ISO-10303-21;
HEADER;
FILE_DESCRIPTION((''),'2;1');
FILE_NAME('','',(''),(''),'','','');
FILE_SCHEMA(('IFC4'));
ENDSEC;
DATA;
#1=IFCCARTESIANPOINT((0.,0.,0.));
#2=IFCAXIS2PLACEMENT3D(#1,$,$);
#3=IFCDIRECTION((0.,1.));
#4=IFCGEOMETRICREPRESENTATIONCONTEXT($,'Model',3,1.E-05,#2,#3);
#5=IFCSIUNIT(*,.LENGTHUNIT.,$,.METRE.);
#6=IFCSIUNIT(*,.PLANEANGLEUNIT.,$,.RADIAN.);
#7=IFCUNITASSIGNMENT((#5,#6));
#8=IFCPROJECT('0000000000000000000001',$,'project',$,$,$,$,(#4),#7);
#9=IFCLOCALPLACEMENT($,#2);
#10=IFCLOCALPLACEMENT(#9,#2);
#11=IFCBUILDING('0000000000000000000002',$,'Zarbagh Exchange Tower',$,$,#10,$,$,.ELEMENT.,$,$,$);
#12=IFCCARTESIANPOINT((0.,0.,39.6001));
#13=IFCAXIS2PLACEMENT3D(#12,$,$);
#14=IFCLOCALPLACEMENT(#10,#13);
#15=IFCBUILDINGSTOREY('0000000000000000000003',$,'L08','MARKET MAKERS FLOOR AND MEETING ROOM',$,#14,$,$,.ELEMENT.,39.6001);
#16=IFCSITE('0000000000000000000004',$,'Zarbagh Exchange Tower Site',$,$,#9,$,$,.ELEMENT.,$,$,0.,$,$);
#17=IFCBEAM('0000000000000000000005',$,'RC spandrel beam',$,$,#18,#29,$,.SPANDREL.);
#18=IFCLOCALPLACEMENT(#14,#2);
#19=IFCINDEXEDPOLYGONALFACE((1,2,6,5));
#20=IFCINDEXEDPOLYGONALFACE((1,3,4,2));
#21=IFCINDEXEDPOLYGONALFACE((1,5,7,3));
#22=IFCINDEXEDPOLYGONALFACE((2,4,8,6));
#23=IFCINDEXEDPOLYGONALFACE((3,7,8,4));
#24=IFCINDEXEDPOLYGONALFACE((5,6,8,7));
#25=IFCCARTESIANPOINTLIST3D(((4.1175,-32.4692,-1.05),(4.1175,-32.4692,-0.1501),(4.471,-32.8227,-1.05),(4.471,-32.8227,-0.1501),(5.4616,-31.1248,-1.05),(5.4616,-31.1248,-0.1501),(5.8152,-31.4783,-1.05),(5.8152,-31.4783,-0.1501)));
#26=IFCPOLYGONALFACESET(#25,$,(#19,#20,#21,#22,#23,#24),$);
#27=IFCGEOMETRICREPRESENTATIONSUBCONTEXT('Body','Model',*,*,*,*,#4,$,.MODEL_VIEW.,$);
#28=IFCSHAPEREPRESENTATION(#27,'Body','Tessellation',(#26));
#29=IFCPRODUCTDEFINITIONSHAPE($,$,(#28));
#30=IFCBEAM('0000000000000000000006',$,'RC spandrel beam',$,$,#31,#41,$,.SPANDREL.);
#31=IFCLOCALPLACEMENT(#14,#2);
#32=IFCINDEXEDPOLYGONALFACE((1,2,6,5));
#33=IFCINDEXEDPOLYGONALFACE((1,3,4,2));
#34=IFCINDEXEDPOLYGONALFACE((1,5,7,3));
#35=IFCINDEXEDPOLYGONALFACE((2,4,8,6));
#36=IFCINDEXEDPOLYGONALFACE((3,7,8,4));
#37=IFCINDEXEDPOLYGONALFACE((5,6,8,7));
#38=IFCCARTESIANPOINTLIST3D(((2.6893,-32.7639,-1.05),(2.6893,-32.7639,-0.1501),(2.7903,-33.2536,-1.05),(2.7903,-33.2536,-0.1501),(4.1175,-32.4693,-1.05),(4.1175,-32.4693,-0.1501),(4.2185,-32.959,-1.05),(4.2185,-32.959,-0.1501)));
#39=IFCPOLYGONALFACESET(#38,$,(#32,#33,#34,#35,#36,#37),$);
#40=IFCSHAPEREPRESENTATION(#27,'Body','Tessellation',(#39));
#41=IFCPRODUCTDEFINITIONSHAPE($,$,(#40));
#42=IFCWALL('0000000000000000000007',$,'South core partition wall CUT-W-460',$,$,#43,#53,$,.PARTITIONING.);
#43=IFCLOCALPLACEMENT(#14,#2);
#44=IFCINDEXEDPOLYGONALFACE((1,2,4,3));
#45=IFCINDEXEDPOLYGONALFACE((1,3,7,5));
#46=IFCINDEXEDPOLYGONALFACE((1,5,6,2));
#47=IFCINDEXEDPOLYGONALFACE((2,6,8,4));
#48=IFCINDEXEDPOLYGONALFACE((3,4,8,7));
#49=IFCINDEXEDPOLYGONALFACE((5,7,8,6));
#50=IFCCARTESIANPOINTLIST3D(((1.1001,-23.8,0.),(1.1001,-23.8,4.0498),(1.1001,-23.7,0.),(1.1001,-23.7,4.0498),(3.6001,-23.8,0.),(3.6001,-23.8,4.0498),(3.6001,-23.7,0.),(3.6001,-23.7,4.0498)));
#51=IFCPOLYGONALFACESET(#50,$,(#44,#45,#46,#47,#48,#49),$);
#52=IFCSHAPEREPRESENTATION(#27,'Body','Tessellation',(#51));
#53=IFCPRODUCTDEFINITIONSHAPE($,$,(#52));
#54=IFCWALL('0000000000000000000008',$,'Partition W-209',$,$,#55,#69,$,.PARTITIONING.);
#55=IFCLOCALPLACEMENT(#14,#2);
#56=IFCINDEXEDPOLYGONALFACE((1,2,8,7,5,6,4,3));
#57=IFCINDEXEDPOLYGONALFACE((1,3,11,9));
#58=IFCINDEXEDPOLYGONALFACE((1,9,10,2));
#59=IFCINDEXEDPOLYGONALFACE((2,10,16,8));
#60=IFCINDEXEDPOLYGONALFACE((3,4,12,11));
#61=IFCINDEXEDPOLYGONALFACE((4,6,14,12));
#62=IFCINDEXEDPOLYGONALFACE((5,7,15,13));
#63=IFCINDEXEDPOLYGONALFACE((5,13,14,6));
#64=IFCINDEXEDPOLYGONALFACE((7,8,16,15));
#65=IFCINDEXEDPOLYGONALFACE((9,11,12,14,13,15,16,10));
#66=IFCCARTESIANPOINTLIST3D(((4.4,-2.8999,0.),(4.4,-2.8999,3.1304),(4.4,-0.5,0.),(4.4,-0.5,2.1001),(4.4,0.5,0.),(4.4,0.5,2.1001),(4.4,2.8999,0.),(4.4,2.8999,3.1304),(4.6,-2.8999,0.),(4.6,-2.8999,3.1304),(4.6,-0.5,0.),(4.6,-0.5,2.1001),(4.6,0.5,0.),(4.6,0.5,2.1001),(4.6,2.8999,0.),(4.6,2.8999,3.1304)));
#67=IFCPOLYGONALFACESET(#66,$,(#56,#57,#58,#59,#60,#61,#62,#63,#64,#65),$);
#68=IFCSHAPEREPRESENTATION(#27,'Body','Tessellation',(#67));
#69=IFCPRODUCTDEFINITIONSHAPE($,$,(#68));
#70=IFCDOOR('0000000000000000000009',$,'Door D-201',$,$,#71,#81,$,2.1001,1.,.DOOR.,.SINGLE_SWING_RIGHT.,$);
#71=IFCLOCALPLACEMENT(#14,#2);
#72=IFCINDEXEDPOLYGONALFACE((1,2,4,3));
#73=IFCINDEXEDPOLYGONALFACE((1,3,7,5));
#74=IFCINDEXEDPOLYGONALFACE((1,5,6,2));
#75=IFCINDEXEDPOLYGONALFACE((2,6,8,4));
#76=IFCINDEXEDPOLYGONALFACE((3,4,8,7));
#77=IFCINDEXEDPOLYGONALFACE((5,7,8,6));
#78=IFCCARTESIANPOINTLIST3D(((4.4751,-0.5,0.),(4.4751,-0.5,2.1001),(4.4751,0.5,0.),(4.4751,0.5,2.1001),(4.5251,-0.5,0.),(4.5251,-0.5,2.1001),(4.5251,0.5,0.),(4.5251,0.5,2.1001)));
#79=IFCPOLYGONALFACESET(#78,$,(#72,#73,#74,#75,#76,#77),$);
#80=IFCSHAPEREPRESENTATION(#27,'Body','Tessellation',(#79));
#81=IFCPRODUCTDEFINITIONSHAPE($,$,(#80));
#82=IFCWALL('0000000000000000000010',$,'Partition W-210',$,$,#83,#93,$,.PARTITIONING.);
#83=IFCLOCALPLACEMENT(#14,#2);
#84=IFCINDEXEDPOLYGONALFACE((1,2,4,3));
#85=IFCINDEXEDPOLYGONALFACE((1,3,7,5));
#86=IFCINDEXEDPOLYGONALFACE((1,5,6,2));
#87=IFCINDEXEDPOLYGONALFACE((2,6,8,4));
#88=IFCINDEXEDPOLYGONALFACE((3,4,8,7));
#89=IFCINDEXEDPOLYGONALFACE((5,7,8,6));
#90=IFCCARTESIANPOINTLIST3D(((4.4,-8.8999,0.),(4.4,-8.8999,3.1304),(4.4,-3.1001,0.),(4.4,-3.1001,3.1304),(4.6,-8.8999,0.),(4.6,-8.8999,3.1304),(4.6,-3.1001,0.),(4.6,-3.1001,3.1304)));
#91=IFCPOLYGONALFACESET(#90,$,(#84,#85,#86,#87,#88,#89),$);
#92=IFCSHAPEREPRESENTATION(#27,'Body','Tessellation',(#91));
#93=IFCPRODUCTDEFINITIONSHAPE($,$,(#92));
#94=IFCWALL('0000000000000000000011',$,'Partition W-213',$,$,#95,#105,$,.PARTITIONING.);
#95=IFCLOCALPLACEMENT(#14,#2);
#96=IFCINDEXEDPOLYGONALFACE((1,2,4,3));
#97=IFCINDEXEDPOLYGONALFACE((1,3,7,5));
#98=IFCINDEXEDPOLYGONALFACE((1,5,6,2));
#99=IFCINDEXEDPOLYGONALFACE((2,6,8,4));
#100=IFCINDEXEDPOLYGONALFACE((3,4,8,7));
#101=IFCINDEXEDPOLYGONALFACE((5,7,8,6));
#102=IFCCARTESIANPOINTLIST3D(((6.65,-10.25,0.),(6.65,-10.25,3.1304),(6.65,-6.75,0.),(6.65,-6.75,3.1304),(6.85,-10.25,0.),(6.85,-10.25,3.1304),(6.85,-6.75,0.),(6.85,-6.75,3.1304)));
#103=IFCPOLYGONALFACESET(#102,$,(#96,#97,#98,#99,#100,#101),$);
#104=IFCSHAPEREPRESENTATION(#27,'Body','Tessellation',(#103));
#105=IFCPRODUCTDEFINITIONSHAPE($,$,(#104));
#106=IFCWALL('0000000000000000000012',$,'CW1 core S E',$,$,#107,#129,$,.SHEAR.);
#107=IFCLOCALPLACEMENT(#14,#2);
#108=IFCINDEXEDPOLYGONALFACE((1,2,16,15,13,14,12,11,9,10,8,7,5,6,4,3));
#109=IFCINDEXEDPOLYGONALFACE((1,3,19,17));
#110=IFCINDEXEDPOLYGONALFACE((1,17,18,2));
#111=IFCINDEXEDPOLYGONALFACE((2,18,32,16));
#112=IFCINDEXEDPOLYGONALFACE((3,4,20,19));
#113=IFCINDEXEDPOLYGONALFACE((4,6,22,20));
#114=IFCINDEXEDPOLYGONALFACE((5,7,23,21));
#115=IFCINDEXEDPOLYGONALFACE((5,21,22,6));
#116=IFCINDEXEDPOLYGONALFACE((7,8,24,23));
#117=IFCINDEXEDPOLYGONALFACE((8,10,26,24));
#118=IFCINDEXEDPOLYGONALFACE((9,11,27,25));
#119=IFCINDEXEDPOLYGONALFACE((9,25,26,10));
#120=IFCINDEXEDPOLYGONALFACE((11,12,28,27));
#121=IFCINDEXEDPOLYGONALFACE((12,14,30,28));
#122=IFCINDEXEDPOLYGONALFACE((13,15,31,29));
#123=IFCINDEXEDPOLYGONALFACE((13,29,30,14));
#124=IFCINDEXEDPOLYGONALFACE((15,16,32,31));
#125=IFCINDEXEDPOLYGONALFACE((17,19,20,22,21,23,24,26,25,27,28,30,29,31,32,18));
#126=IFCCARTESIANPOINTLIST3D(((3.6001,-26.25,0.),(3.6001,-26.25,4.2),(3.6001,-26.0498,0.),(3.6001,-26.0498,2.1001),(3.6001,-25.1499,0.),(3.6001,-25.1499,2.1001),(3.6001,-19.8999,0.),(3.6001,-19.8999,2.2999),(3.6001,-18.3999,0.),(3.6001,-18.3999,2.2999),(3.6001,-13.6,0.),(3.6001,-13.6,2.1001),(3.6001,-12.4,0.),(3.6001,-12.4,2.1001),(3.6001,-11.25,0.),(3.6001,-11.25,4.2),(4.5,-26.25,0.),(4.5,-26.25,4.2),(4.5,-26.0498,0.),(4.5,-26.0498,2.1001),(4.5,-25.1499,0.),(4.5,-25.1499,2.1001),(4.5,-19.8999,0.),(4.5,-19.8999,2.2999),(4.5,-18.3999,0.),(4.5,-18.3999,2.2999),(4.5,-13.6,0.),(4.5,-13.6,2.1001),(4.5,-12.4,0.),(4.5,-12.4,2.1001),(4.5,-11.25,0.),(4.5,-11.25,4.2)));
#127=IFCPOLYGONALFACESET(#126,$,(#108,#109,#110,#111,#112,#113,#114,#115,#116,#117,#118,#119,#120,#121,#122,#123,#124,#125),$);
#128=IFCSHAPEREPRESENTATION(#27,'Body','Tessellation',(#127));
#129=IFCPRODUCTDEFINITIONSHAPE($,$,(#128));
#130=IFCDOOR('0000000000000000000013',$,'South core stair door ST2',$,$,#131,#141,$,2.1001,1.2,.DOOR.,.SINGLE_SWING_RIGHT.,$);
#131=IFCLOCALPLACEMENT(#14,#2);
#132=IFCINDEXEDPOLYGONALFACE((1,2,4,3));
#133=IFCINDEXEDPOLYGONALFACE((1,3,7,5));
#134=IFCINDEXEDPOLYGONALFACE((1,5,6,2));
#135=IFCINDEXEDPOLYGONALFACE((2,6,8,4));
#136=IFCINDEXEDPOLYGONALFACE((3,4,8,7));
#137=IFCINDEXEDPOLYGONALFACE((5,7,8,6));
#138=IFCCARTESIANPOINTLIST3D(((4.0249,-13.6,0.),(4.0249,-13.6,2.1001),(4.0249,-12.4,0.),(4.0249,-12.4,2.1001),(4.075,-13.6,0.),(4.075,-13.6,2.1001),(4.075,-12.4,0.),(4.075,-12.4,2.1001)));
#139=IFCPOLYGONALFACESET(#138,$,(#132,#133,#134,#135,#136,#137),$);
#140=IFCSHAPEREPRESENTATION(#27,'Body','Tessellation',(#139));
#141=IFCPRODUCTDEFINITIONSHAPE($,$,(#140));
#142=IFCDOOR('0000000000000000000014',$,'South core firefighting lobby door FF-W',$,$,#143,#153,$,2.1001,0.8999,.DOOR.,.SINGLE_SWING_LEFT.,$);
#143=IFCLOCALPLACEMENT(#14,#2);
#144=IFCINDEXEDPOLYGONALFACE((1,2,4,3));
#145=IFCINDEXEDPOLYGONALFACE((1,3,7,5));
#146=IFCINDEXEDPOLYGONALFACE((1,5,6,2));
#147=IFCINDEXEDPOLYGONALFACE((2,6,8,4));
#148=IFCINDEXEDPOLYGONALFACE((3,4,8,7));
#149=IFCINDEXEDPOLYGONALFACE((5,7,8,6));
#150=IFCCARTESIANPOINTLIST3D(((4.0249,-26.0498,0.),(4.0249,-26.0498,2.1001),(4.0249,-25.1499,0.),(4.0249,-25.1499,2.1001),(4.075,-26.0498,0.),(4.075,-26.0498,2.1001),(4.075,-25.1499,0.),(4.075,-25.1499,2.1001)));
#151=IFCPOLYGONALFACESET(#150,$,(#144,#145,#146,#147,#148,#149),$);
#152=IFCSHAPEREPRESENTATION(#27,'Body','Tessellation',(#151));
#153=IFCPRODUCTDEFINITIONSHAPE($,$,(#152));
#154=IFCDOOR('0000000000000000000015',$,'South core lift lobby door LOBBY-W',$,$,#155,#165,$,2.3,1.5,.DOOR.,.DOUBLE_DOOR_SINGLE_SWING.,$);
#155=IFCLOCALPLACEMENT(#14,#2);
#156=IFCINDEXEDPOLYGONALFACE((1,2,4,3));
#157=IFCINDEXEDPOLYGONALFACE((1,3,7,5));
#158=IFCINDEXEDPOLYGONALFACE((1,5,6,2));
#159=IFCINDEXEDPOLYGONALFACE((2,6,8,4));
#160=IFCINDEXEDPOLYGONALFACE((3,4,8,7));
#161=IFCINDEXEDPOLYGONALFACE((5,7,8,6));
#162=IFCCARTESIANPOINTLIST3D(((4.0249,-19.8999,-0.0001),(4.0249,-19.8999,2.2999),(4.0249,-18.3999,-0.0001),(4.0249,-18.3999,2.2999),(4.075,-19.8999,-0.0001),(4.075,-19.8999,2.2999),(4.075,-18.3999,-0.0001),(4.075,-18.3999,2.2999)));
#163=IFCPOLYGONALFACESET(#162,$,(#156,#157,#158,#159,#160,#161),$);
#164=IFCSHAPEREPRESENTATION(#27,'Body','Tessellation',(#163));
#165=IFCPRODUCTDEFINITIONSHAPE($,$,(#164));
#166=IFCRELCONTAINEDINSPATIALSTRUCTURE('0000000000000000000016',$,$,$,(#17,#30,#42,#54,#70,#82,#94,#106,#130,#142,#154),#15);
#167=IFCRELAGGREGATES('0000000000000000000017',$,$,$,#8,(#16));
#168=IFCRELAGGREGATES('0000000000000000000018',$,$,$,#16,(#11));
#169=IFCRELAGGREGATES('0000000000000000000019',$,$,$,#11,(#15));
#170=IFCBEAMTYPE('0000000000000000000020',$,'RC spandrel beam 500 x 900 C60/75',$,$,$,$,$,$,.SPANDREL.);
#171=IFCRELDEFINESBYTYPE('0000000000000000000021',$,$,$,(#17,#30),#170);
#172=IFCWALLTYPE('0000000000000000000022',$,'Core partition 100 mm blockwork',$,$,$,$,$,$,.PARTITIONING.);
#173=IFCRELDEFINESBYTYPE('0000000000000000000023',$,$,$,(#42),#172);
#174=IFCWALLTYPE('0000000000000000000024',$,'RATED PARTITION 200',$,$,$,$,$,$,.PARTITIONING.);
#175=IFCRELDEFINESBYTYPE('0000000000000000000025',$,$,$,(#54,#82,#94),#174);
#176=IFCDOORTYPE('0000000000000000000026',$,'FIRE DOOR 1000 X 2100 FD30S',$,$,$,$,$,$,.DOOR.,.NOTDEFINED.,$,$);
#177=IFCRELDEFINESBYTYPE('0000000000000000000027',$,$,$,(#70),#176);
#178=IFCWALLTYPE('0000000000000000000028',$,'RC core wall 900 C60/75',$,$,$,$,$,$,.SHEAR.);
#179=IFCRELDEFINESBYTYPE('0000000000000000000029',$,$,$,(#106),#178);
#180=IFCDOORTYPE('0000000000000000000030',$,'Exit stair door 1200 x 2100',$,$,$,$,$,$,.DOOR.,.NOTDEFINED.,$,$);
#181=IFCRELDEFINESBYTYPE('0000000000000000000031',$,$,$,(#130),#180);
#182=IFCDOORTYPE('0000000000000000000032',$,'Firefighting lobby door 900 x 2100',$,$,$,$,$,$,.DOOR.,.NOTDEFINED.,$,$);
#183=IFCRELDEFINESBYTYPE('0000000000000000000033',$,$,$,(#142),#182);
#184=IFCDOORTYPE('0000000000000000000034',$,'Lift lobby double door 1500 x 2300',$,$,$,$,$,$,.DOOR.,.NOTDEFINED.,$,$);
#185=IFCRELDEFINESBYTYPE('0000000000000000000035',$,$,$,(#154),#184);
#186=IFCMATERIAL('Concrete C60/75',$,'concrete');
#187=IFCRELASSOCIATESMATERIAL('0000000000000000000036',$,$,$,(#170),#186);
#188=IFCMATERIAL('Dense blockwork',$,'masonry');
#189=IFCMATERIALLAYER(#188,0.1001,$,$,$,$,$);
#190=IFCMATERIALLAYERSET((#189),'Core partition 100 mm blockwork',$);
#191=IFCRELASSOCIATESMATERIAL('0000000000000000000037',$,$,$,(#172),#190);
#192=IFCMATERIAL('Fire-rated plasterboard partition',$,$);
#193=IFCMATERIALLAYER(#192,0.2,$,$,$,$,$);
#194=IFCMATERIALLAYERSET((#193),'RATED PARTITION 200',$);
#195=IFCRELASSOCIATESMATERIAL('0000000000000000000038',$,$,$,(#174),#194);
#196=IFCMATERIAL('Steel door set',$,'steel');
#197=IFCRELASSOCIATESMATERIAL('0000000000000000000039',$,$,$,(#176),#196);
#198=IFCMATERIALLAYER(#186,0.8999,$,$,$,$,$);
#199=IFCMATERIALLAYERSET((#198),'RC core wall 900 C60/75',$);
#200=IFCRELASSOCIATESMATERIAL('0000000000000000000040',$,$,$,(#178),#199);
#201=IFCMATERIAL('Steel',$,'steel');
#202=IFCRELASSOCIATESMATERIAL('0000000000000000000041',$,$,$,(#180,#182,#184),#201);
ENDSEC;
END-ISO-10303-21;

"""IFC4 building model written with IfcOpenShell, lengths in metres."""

from ifc_helpers import new_model, si_unit, direction, frame, frame_2d, origin, origin_2d, place, context, subcontext, project, spatial, rectangle, extrude, material, layer, layer_set, material_profile, profile_set, type_object, element, fill, save


model = new_model("IFC4")

# Units and contexts
model_context = context("Model", 3, precision=1e-05, world=origin(), true_north=direction((0.0, 1.0)))
body_context = subcontext(model_context, "Body", "Model", "MODEL_VIEW")
ifc_project = project(units=[si_unit("LENGTHUNIT", "METRE"), si_unit("PLANEANGLEUNIT", "RADIAN")], contexts=[model_context])

# Site, building, storey
site_placement = place(None, origin())
site = spatial("IfcSite", under=ifc_project, at=site_placement, Name="Zarbagh Exchange Tower Site", CompositionType="ELEMENT", RefElevation=0.0)
building_placement = place(site_placement, origin())
building = spatial("IfcBuilding", under=site, at=building_placement, Name="Zarbagh Exchange Tower", CompositionType="ELEMENT")
storey_placement = place(building_placement, frame((0.0, 0.0, 39.6001)))
storey = spatial("IfcBuildingStorey", under=building, at=storey_placement, Name="L08", Description="MARKET MAKERS FLOOR AND MEETING ROOM", CompositionType="ELEMENT", Elevation=39.6001)

# Shared definitions
ifc_material_1 = material(Name="Concrete C60/75", Category="concrete")

# Beams
ifc_material_profile_1 = material_profile(ifc_material_1, rectangle(XDim=0.5, YDim=0.8999, at=origin_2d()), Name="RC spandrel beam 500 x 900 C60/75")
ifc_profile_set_1 = profile_set([ifc_material_profile_1], Name="Concrete C60/75")
beam_type_1 = type_object("IfcBeamType", Name="RC spandrel beam 500 x 900 C60/75", PredefinedType="SPANDREL", material=ifc_profile_set_1)
beam_1_placement = place(storey_placement, frame((5.6384, -31.3015, -0.6001), z_axis=(-0.707043, -0.707171, 0.0), x_axis=(0.707171, -0.707043, 0.0)))
element("IfcBeam", 1, at=beam_1_placement, inside=storey, type_object=beam_type_1, Name="RC spandrel beam", PredefinedType="SPANDREL", context=body_context, shape_type="SweptSolid", body=[
    extrude(rectangle(XDim=0.5, YDim=0.8999, at=origin_2d()), origin(), (0.0, 0.0, 1.0), 1.9011),
])
beam_2_placement = place(storey_placement, frame((4.168, -32.7141, -0.6001), z_axis=(-0.979371, -0.202069, 0.0), x_axis=(0.202069, -0.979371, 0.0)))
element("IfcBeam", 2, at=beam_2_placement, inside=storey, type_object=beam_type_1, Name="RC spandrel beam", PredefinedType="SPANDREL", context=body_context, shape_type="SweptSolid", body=[
    extrude(rectangle(XDim=0.5, YDim=0.8999, at=origin_2d()), origin(), (0.0, 0.0, 1.0), 1.4583),
])

# Wall
ifc_material_2 = material(Name="Dense blockwork", Category="masonry")
ifc_layer_1 = layer(ifc_material_2, 0.1001)
ifc_layer_set_1 = layer_set([ifc_layer_1], Name="Core partition 100 mm blockwork")
wall_type_1 = type_object("IfcWallType", Name="Core partition 100 mm blockwork", PredefinedType="PARTITIONING", material=ifc_layer_set_1)
wall_1_placement = place(storey_placement, frame((3.6001, -23.75, 0.0), z_axis=(0.0, 0.0, 1.0), x_axis=(-1.0, 0.0, 0.0)))
element("IfcWall", 3, at=wall_1_placement, inside=storey, type_object=wall_type_1, Name="South core partition wall CUT-W-460", PredefinedType="PARTITIONING", context=body_context, shape_type="SweptSolid", body=[
    extrude(rectangle(XDim=2.5, YDim=0.1001, at=frame_2d((1.25, 0.0))), origin(), (0.0, 0.0, 1.0), 4.0498),
])

# Wall, opening, door
ifc_material_3 = material(Name="Fire-rated plasterboard partition")
ifc_layer_2 = layer(ifc_material_3, 0.2)
ifc_layer_set_2 = layer_set([ifc_layer_2], Name="RATED PARTITION 200")
wall_type_2 = type_object("IfcWallType", Name="RATED PARTITION 200", PredefinedType="PARTITIONING", material=ifc_layer_set_2)
wall_2_placement = place(storey_placement, frame((4.5, -2.8999, 0.0), z_axis=(0.0, 0.0, 1.0), x_axis=(0.0, 1.0, 0.0)))
wall_2 = element("IfcWall", 4, at=wall_2_placement, inside=storey, type_object=wall_type_2, Name="Partition W-209", PredefinedType="PARTITIONING", context=body_context, shape_type="SweptSolid", body=[
    extrude(rectangle(XDim=5.7998, YDim=0.2, at=frame_2d((2.8999, 0.0))), origin(), (0.0, 0.0, 1.0), 3.1304),
])
opening_1_placement = place(wall_2_placement, frame((2.3999, 0.0, 0.0)))
opening_1 = element("IfcOpeningElement", 5, at=opening_1_placement, cuts=wall_2, PredefinedType="OPENING", context=body_context, shape_type="SweptSolid", body=[
    extrude(rectangle(XDim=1.0, YDim=2.1001, at=frame_2d((0.5, 1.05))), frame((0.0, 0.1099, 0.0), z_axis=(0.0, -1.0, 0.0), x_axis=(1.0, 0.0, 0.0)), (0.0, 0.0, 1.0), 0.22),
])
ifc_material_4 = material(Name="Steel door set", Category="steel")
door_type_1 = type_object("IfcDoorType", Name="FIRE DOOR 1000 X 2100 FD30S", OperationType="NOTDEFINED", PredefinedType="DOOR", material=ifc_material_4)
door_1_placement = place(opening_1_placement, origin())
door_1 = element("IfcDoor", 6, at=door_1_placement, inside=storey, type_object=door_type_1, Name="Door D-201", OperationType="SINGLE_SWING_RIGHT", OverallHeight=2.1001, OverallWidth=1.0, PredefinedType="DOOR", context=body_context, shape_type="SweptSolid", body=[
    extrude(rectangle(XDim=1.0, YDim=2.1001, at=frame_2d((0.5, 1.05))), frame((0.0, 0.0249, 0.0), z_axis=(0.0, -1.0, 0.0), x_axis=(1.0, 0.0, 0.0)), (0.0, 0.0, 1.0), 0.05),
])
fill(opening_1, door_1)

# Walls
wall_3_placement = place(storey_placement, frame((4.5, -8.8999, 0.0), z_axis=(0.0, 0.0, 1.0), x_axis=(0.0, 1.0, 0.0)))
element("IfcWall", 7, at=wall_3_placement, inside=storey, type_object=wall_type_2, Name="Partition W-210", PredefinedType="PARTITIONING", context=body_context, shape_type="SweptSolid", body=[
    extrude(rectangle(XDim=5.7998, YDim=0.2, at=frame_2d((2.8999, 0.0))), origin(), (0.0, 0.0, 1.0), 3.1304),
])
wall_4_placement = place(storey_placement, frame((6.75, -10.25, 0.0), z_axis=(0.0, 0.0, 1.0), x_axis=(0.0, 1.0, 0.0)))
element("IfcWall", 8, at=wall_4_placement, inside=storey, type_object=wall_type_2, Name="Partition W-213", PredefinedType="PARTITIONING", context=body_context, shape_type="SweptSolid", body=[
    extrude(rectangle(XDim=3.5, YDim=0.2, at=frame_2d((1.75, 0.0))), origin(), (0.0, 0.0, 1.0), 3.1304),
])

# Wall, openings, doors
ifc_layer_3 = layer(ifc_material_1, 0.8999)
ifc_layer_set_3 = layer_set([ifc_layer_3], Name="RC core wall 900 C60/75")
wall_type_3 = type_object("IfcWallType", Name="RC core wall 900 C60/75", PredefinedType="SHEAR", material=ifc_layer_set_3)
wall_5_placement = place(storey_placement, frame((4.05, -11.25, 0.0), z_axis=(0.0, 0.0, 1.0), x_axis=(0.0, -1.0, 0.0)))
wall_5 = element("IfcWall", 9, at=wall_5_placement, inside=storey, type_object=wall_type_3, Name="CW1 core S E", PredefinedType="SHEAR", context=body_context, shape_type="SweptSolid", body=[
    extrude(rectangle(XDim=15.0, YDim=0.8999, at=frame_2d((7.5, 0.0))), origin(), (0.0, 0.0, 1.0), 4.2),
])
opening_2_placement = place(wall_5_placement, frame((7.1499, 0.0, 0.0)))
opening_2 = element("IfcOpeningElement", 10, at=opening_2_placement, cuts=wall_5, PredefinedType="OPENING", context=body_context, shape_type="SweptSolid", body=[
    extrude(rectangle(XDim=1.5, YDim=2.3, at=frame_2d((0.75, 1.1499))), frame((0.0, 0.46, 0.0), z_axis=(0.0, -1.0, 0.0), x_axis=(1.0, 0.0, 0.0)), (0.0, 0.0, 1.0), 0.9199),
])
opening_3_placement = place(wall_5_placement, frame((13.8999, 0.0, 0.0)))
opening_3 = element("IfcOpeningElement", 11, at=opening_3_placement, cuts=wall_5, PredefinedType="OPENING", context=body_context, shape_type="SweptSolid", body=[
    extrude(rectangle(XDim=0.8999, YDim=2.1001, at=frame_2d((0.45, 1.05))), frame((0.0, 0.46, 0.0), z_axis=(0.0, -1.0, 0.0), x_axis=(1.0, 0.0, 0.0)), (0.0, 0.0, 1.0), 0.9199),
])
opening_4_placement = place(wall_5_placement, frame((1.1499, 0.0, 0.0)))
opening_4 = element("IfcOpeningElement", 12, at=opening_4_placement, cuts=wall_5, PredefinedType="OPENING", context=body_context, shape_type="SweptSolid", body=[
    extrude(rectangle(XDim=1.2, YDim=2.1001, at=frame_2d((0.6001, 1.05))), frame((0.0, 0.46, 0.0), z_axis=(0.0, -1.0, 0.0), x_axis=(1.0, 0.0, 0.0)), (0.0, 0.0, 1.0), 0.9199),
])
ifc_material_5 = material(Name="Steel", Category="steel")
door_type_2 = type_object("IfcDoorType", Name="Exit stair door 1200 x 2100", OperationType="NOTDEFINED", PredefinedType="DOOR", material=ifc_material_5)
door_2_placement = place(opening_4_placement, origin())
door_2 = element("IfcDoor", 13, at=door_2_placement, inside=storey, type_object=door_type_2, Name="South core stair door ST2", OperationType="SINGLE_SWING_RIGHT", OverallHeight=2.1001, OverallWidth=1.2, PredefinedType="DOOR", context=body_context, shape_type="SweptSolid", body=[
    extrude(rectangle(XDim=1.2, YDim=2.1001, at=frame_2d((0.6001, 1.05))), frame((0.0, 0.0249, 0.0), z_axis=(0.0, -1.0, 0.0), x_axis=(1.0, 0.0, 0.0)), (0.0, 0.0, 1.0), 0.05),
])
fill(opening_4, door_2)
door_type_3 = type_object("IfcDoorType", Name="Firefighting lobby door 900 x 2100", OperationType="NOTDEFINED", PredefinedType="DOOR", material=ifc_material_5)
door_3_placement = place(opening_3_placement, origin())
door_3 = element("IfcDoor", 14, at=door_3_placement, inside=storey, type_object=door_type_3, Name="South core firefighting lobby door FF-W", OperationType="SINGLE_SWING_LEFT", OverallHeight=2.1001, OverallWidth=0.8999, PredefinedType="DOOR", context=body_context, shape_type="SweptSolid", body=[
    extrude(rectangle(XDim=0.8999, YDim=2.1001, at=frame_2d((0.45, 1.05))), frame((0.0, 0.0249, 0.0), z_axis=(0.0, -1.0, 0.0), x_axis=(1.0, 0.0, 0.0)), (0.0, 0.0, 1.0), 0.05),
])
fill(opening_3, door_3)
door_type_4 = type_object("IfcDoorType", Name="Lift lobby double door 1500 x 2300", OperationType="NOTDEFINED", PredefinedType="DOOR", material=ifc_material_5)
door_4_placement = place(opening_2_placement, origin())
door_4 = element("IfcDoor", 15, at=door_4_placement, inside=storey, type_object=door_type_4, Name="South core lift lobby door LOBBY-W", OperationType="DOUBLE_DOOR_SINGLE_SWING", OverallHeight=2.3, OverallWidth=1.5, PredefinedType="DOOR", context=body_context, shape_type="SweptSolid", body=[
    extrude(rectangle(XDim=1.5, YDim=2.3, at=frame_2d((0.75, 1.1499))), frame((0.0, 0.0249, 0.0), z_axis=(0.0, -1.0, 0.0), x_axis=(1.0, 0.0, 0.0)), (0.0, 0.0, 1.0), 0.05),
])
fill(opening_2, door_4)

save(model, "model.ifc")
